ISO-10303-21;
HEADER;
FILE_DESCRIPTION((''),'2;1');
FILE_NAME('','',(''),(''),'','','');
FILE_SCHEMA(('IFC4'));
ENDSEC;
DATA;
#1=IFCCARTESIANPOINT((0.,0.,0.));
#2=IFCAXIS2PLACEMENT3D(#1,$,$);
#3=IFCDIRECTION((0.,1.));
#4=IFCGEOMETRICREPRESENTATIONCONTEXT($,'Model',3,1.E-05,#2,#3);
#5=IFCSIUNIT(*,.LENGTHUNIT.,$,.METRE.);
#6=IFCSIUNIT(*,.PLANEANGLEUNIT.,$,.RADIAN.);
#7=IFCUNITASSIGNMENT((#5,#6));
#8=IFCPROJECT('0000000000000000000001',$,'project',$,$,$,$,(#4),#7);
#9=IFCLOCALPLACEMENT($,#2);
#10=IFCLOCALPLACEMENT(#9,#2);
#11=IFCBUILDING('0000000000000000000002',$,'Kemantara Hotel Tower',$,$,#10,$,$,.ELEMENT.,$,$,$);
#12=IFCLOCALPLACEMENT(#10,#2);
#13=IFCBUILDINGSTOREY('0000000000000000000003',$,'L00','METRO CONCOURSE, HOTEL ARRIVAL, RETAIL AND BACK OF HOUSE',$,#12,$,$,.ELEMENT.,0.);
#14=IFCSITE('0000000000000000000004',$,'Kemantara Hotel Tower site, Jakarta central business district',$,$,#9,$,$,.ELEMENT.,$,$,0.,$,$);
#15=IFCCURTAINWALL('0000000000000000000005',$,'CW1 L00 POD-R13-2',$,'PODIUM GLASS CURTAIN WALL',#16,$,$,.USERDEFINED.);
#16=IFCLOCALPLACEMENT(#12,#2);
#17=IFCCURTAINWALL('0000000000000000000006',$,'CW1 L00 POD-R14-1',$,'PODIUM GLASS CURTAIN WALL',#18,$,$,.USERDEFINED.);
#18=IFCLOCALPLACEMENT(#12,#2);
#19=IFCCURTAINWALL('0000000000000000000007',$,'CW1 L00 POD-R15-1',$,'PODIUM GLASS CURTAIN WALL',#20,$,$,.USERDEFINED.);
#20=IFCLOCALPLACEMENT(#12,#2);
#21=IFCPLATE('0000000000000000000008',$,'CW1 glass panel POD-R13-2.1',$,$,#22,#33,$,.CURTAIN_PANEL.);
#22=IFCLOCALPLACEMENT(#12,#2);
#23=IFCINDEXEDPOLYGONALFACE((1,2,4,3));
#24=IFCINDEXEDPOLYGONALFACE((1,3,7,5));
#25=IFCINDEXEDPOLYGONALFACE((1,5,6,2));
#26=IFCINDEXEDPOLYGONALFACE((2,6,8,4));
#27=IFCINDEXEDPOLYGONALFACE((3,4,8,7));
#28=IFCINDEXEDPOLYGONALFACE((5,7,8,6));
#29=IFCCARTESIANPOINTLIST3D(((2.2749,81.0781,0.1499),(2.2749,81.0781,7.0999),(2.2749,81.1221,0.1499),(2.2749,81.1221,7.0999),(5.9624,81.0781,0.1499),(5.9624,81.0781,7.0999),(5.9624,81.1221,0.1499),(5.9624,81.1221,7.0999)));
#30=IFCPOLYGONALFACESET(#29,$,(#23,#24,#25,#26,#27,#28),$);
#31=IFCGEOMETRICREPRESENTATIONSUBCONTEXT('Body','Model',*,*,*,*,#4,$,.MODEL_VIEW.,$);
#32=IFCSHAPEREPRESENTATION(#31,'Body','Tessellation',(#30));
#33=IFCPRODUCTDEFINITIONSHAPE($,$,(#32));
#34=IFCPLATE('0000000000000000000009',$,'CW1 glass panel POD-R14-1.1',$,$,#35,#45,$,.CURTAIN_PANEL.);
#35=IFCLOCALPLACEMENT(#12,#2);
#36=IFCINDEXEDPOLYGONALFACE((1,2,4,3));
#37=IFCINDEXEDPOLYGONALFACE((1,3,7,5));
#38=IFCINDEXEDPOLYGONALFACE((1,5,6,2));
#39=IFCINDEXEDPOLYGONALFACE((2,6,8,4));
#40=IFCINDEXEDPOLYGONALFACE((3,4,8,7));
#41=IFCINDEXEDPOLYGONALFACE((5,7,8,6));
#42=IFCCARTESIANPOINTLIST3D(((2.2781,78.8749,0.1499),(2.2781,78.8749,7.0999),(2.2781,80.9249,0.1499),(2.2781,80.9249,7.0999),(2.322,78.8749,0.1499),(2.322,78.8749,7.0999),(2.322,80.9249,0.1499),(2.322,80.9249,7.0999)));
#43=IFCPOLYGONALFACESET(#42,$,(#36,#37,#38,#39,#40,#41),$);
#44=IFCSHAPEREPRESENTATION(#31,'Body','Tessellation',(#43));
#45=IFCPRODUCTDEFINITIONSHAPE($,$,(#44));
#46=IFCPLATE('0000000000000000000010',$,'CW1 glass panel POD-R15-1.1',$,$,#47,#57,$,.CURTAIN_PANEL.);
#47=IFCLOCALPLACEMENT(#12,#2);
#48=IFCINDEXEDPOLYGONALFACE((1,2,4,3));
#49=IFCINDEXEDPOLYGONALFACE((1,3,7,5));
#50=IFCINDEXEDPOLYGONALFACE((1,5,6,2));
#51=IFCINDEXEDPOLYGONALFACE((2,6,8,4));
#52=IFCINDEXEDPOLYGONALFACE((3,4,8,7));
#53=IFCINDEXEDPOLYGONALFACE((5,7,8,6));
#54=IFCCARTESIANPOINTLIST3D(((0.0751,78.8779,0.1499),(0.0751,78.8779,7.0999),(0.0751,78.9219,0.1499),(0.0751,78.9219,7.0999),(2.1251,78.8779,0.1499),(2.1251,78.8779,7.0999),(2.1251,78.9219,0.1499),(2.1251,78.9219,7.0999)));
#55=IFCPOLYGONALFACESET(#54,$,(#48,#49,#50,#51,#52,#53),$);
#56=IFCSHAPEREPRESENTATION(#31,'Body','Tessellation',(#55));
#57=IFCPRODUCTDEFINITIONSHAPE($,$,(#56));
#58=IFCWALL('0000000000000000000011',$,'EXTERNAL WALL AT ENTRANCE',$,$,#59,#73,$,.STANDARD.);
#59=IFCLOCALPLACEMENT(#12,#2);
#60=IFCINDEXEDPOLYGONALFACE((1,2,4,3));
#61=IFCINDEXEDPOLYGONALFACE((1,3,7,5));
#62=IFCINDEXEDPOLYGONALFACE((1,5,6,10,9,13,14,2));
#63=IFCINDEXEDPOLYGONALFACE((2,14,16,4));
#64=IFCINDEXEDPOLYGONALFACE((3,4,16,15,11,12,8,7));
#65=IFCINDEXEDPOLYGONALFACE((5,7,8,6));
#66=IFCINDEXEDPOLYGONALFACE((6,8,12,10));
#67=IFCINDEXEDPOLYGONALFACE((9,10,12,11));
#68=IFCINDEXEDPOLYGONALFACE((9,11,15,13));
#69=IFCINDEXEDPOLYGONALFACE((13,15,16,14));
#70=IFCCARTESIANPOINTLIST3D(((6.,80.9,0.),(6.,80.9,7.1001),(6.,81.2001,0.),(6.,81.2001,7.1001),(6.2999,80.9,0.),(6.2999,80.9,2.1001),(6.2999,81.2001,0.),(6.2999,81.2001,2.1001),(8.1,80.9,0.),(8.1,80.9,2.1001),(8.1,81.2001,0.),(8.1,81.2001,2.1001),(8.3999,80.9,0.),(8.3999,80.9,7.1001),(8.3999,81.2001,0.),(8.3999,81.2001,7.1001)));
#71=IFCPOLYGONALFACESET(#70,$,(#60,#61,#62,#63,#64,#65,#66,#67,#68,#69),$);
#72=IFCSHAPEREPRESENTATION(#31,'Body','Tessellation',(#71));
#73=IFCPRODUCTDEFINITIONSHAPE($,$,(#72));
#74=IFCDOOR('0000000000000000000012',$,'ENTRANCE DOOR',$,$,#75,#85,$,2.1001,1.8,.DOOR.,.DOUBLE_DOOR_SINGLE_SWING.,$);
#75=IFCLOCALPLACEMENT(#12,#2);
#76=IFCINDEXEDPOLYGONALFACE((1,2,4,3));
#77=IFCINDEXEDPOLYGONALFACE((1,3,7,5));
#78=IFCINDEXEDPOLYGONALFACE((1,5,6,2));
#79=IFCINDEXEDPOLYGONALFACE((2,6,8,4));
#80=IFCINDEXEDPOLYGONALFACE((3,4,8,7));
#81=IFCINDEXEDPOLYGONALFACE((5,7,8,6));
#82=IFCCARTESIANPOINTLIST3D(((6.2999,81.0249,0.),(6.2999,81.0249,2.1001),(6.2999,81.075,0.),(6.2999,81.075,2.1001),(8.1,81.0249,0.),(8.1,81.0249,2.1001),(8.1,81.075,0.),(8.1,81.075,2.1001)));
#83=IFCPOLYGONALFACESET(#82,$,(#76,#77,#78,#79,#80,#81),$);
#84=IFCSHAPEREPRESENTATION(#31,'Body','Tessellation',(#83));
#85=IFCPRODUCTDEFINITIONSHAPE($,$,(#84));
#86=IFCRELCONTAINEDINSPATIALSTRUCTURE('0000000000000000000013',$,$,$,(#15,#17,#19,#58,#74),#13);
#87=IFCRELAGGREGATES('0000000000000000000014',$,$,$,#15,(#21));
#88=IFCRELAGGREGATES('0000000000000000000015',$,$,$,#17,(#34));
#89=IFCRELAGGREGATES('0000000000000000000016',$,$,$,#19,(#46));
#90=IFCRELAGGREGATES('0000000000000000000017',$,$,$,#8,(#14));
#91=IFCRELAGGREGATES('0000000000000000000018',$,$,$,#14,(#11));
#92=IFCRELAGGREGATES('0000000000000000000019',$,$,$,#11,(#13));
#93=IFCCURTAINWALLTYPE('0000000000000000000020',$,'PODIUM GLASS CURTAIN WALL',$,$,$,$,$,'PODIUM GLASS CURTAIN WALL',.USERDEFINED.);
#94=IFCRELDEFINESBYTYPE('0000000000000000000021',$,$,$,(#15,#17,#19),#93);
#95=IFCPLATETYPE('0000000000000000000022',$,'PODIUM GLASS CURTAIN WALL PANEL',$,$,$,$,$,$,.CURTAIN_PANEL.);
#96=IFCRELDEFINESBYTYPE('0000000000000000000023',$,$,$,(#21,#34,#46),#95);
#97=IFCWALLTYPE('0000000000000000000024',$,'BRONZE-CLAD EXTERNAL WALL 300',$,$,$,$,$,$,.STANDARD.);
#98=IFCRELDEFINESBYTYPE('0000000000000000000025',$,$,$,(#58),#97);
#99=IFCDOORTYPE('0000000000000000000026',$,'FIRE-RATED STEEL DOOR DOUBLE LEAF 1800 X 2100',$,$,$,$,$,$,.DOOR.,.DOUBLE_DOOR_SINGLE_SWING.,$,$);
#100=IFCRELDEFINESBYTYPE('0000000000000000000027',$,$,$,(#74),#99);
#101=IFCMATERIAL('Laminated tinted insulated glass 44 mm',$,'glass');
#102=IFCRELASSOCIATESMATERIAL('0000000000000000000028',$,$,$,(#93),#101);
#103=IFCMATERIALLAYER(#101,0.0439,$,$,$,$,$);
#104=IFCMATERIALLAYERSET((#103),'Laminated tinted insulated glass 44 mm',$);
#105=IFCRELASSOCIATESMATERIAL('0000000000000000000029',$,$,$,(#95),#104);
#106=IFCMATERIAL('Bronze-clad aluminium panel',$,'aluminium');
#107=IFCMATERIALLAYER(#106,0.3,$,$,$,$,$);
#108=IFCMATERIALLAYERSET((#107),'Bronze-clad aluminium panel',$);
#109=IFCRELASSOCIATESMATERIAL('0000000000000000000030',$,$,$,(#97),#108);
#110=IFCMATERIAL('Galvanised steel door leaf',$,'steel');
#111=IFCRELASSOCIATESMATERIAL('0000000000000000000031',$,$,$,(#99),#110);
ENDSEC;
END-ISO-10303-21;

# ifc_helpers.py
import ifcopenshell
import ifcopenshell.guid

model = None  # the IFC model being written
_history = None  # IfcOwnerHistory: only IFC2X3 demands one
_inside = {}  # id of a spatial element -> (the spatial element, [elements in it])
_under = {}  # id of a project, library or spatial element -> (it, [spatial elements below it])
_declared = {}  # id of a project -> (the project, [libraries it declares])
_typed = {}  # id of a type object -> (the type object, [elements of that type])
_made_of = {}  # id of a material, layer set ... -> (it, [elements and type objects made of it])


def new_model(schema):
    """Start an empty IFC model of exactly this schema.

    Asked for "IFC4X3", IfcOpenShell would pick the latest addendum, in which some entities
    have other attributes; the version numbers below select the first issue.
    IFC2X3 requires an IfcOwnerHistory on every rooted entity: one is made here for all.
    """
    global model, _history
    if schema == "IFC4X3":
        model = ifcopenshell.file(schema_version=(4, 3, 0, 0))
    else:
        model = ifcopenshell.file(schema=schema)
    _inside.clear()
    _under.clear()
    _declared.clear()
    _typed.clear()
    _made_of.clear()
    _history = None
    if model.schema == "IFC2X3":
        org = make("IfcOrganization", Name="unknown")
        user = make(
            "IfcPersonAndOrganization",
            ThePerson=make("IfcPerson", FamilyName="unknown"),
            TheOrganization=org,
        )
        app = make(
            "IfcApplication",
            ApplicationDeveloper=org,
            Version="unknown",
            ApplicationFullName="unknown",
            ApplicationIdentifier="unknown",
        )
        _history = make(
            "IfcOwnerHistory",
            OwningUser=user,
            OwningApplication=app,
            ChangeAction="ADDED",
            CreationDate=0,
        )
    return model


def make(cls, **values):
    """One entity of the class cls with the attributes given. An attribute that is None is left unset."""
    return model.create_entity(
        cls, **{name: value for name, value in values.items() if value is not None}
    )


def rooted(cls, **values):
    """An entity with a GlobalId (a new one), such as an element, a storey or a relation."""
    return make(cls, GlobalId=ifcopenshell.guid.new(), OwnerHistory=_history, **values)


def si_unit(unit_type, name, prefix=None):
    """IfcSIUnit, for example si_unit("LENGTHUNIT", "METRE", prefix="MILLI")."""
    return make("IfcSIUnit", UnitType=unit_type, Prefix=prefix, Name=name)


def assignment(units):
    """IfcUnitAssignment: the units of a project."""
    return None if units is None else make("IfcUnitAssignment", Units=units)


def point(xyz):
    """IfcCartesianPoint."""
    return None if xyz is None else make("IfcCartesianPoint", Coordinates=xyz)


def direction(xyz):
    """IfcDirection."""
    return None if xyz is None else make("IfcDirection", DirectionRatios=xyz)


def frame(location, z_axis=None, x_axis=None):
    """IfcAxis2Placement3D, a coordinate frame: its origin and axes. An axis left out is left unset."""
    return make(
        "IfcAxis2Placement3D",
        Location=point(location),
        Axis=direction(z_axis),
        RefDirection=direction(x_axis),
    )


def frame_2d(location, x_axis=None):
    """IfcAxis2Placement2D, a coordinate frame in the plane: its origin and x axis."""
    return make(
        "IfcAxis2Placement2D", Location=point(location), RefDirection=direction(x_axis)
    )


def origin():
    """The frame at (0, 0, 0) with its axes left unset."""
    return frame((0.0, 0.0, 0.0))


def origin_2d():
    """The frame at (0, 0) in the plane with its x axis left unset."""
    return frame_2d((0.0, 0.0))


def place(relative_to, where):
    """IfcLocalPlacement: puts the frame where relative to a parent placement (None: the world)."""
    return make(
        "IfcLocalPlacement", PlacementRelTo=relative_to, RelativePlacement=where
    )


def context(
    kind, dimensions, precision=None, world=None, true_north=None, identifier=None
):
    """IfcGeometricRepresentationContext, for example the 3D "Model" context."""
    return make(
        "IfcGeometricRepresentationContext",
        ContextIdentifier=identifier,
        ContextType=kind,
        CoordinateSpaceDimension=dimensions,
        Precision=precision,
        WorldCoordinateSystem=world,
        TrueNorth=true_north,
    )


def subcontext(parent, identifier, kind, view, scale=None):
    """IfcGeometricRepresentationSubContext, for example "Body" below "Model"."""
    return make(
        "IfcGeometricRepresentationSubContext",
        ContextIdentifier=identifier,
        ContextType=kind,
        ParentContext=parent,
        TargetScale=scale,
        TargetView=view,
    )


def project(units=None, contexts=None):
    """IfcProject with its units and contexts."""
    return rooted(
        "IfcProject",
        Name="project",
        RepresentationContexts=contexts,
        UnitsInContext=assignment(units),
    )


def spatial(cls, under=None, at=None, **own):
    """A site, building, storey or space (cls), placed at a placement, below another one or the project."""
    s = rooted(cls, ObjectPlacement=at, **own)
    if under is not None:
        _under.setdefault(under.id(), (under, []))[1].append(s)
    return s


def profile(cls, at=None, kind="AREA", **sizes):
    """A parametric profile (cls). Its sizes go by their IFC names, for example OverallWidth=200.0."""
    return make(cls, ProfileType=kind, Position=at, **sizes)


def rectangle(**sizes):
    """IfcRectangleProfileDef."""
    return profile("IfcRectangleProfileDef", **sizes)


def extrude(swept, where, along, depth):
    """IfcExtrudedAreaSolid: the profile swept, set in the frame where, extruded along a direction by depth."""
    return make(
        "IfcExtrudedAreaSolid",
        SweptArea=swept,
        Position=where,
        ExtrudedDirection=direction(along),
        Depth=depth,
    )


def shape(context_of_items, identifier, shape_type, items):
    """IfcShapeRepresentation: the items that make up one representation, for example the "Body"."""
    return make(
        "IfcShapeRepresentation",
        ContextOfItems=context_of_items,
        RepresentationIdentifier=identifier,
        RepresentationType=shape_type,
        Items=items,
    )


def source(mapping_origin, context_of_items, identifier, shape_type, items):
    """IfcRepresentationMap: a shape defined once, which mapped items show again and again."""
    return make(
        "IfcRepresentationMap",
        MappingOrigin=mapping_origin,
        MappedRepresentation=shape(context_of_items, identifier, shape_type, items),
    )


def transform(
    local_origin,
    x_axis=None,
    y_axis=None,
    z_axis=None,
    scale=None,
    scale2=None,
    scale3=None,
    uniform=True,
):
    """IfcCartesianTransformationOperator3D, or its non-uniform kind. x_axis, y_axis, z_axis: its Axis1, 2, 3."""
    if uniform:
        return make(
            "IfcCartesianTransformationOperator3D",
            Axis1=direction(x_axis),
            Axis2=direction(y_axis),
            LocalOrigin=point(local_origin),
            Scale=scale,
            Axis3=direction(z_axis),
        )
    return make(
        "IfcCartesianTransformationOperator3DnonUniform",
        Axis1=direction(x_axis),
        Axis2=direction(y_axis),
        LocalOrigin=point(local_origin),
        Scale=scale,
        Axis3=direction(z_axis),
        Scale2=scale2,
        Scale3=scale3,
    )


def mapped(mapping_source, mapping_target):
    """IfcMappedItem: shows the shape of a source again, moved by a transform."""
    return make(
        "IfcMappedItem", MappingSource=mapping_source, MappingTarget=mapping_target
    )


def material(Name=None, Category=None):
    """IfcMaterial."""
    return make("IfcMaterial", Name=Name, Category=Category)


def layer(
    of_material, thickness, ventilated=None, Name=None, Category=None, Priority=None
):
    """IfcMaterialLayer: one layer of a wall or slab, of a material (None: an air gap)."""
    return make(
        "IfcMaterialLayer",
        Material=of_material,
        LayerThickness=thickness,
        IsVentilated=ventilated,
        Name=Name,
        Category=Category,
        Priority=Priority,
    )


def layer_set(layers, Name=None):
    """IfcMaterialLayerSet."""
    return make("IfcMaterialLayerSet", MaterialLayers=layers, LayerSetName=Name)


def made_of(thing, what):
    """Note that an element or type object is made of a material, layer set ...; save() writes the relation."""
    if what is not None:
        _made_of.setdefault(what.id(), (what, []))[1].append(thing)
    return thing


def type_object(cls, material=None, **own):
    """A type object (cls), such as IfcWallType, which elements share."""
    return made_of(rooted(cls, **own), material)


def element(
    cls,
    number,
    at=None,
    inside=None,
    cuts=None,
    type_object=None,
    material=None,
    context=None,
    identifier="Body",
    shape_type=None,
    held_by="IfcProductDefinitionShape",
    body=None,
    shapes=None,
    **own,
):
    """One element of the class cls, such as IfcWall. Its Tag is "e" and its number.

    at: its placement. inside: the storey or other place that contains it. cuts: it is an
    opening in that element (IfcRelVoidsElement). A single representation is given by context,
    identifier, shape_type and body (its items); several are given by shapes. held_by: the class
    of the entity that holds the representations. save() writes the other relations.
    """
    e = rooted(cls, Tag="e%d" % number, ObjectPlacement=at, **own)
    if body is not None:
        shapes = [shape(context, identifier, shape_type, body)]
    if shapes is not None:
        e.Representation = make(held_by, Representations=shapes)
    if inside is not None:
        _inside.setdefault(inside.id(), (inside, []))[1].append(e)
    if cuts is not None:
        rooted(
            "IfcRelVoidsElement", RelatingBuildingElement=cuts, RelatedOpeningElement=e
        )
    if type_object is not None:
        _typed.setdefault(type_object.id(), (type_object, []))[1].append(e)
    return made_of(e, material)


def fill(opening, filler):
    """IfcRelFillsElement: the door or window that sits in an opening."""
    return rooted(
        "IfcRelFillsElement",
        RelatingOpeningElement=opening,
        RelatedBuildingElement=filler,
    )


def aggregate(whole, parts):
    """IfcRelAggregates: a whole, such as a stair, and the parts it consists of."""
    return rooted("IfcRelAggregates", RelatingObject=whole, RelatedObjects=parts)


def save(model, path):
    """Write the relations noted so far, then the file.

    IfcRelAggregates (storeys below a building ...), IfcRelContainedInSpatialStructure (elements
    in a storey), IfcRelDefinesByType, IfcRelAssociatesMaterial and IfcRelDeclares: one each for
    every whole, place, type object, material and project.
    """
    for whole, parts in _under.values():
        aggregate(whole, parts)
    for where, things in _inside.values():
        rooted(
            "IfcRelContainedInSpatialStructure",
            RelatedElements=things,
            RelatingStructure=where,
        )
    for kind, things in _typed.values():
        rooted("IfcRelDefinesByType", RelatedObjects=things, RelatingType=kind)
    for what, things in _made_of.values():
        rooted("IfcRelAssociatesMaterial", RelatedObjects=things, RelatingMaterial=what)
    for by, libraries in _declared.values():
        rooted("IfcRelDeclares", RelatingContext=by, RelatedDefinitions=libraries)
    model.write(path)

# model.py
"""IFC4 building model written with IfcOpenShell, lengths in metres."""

from ifc_helpers import new_model, si_unit, direction, frame, frame_2d, origin, origin_2d, place, context, subcontext, project, spatial, rectangle, extrude, source, transform, mapped, material, layer, layer_set, type_object, element, fill, aggregate, save


model = new_model("IFC4")

# Units and contexts
model_context = context("Model", 3, precision=1e-05, world=origin(), true_north=direction((0.0, 1.0)))
body_context = subcontext(model_context, "Body", "Model", "MODEL_VIEW")
ifc_project = project(units=[si_unit("LENGTHUNIT", "METRE"), si_unit("PLANEANGLEUNIT", "RADIAN")], contexts=[model_context])

# Site, building, storey
site_placement = place(None, origin())
site = spatial("IfcSite", under=ifc_project, at=site_placement, Name="Kemantara Hotel Tower site, Jakarta central business district", CompositionType="ELEMENT", RefElevation=0.0)
building_placement = place(site_placement, origin())
building = spatial("IfcBuilding", under=site, at=building_placement, Name="Kemantara Hotel Tower", CompositionType="ELEMENT")
storey_placement = place(building_placement, origin())
storey = spatial("IfcBuildingStorey", under=building, at=storey_placement, Name="L00", Description="METRO CONCOURSE, HOTEL ARRIVAL, RETAIL AND BACK OF HOUSE", CompositionType="ELEMENT", Elevation=0.0)

# Curtain walls
ifc_material_1 = material(Name="Laminated tinted insulated glass 44 mm", Category="glass")
curtain_wall_type = type_object("IfcCurtainWallType", Name="PODIUM GLASS CURTAIN WALL", ElementType="PODIUM GLASS CURTAIN WALL", PredefinedType="USERDEFINED", material=ifc_material_1)
curtain_wall_1_placement = place(storey_placement, origin())
curtain_wall_1 = element("IfcCurtainWall", 1, at=curtain_wall_1_placement, inside=storey, type_object=curtain_wall_type, Name="CW1 L00 POD-R13-2", ObjectType="PODIUM GLASS CURTAIN WALL", PredefinedType="USERDEFINED")
curtain_wall_2_placement = place(storey_placement, origin())
curtain_wall_2 = element("IfcCurtainWall", 2, at=curtain_wall_2_placement, inside=storey, type_object=curtain_wall_type, Name="CW1 L00 POD-R14-1", ObjectType="PODIUM GLASS CURTAIN WALL", PredefinedType="USERDEFINED")
curtain_wall_3_placement = place(storey_placement, origin())
curtain_wall_3 = element("IfcCurtainWall", 3, at=curtain_wall_3_placement, inside=storey, type_object=curtain_wall_type, Name="CW1 L00 POD-R15-1", ObjectType="PODIUM GLASS CURTAIN WALL", PredefinedType="USERDEFINED")

# Plates
ifc_layer_1 = layer(ifc_material_1, 0.0439)
ifc_layer_set_1 = layer_set([ifc_layer_1], Name="Laminated tinted insulated glass 44 mm")
plate_type = type_object("IfcPlateType", Name="PODIUM GLASS CURTAIN WALL PANEL", PredefinedType="CURTAIN_PANEL", material=ifc_layer_set_1)
shared_shape_1 = source(origin(), body_context, "Body", "SweptSolid", [
    extrude(rectangle(XDim=3.6875, YDim=0.0439, at=origin_2d()), origin(), (0.0, 0.0, 1.0), 6.95),
])
plate_1_placement = place(storey_placement, frame((4.1187, 81.1001, 0.1499), z_axis=(0.0, 0.0, 1.0), x_axis=(-1.0, 0.0, 0.0)))
plate_1 = element("IfcPlate", 4, at=plate_1_placement, type_object=plate_type, Name="CW1 glass panel POD-R13-2.1", PredefinedType="CURTAIN_PANEL", context=body_context, shape_type="MappedRepresentation", body=[
    mapped(shared_shape_1, transform((0.0, 0.0, 0.0))),
])
aggregate(curtain_wall_1, [plate_1])
shared_shape_2 = source(origin(), body_context, "Body", "SweptSolid", [
    extrude(rectangle(XDim=2.05, YDim=0.0439, at=origin_2d()), origin(), (0.0, 0.0, 1.0), 6.95),
])
plate_2_placement = place(storey_placement, frame((2.3, 79.8999, 0.1499), z_axis=(0.0, 0.0, 1.0), x_axis=(0.0, -1.0, 0.0)))
plate_2 = element("IfcPlate", 5, at=plate_2_placement, type_object=plate_type, Name="CW1 glass panel POD-R14-1.1", PredefinedType="CURTAIN_PANEL", context=body_context, shape_type="MappedRepresentation", body=[
    mapped(shared_shape_2, transform((0.0, 0.0, 0.0))),
])
aggregate(curtain_wall_2, [plate_2])
plate_3_placement = place(storey_placement, frame((1.1001, 78.8999, 0.1499), z_axis=(0.0, 0.0, 1.0), x_axis=(-1.0, 0.0, 0.0)))
plate_3 = element("IfcPlate", 6, at=plate_3_placement, type_object=plate_type, Name="CW1 glass panel POD-R15-1.1", PredefinedType="CURTAIN_PANEL", context=body_context, shape_type="MappedRepresentation", body=[
    mapped(shared_shape_2, transform((0.0, 0.0, 0.0))),
])
aggregate(curtain_wall_3, [plate_3])

# Wall, opening, door
ifc_material_2 = material(Name="Bronze-clad aluminium panel", Category="aluminium")
ifc_layer_2 = layer(ifc_material_2, 0.3)
ifc_layer_set_2 = layer_set([ifc_layer_2], Name="Bronze-clad aluminium panel")
wall_type = type_object("IfcWallType", Name="BRONZE-CLAD EXTERNAL WALL 300", PredefinedType="STANDARD", material=ifc_layer_set_2)
wall_placement = place(storey_placement, frame((6.0, 81.05, 0.0), z_axis=(0.0, 0.0, 1.0), x_axis=(1.0, 0.0, 0.0)))
wall = element("IfcWall", 7, at=wall_placement, inside=storey, type_object=wall_type, Name="EXTERNAL WALL AT ENTRANCE", PredefinedType="STANDARD", context=body_context, shape_type="SweptSolid", body=[
    extrude(rectangle(XDim=2.3999, YDim=0.3, at=frame_2d((1.2, 0.0))), origin(), (0.0, 0.0, 1.0), 7.1001),
])
opening_placement = place(wall_placement, frame((0.3, 0.0, 0.0)))
opening = element("IfcOpeningElement", 8, at=opening_placement, cuts=wall, PredefinedType="OPENING", context=body_context, shape_type="SweptSolid", body=[
    extrude(rectangle(XDim=1.8, YDim=2.1001, at=frame_2d((0.8999, 1.05))), frame((0.0, 0.1599, 0.0), z_axis=(0.0, -1.0, 0.0), x_axis=(1.0, 0.0, 0.0)), (0.0, 0.0, 1.0), 0.3201),
])
ifc_material_3 = material(Name="Galvanised steel door leaf", Category="steel")
door_type = type_object("IfcDoorType", Name="FIRE-RATED STEEL DOOR DOUBLE LEAF 1800 X 2100", OperationType="DOUBLE_DOOR_SINGLE_SWING", PredefinedType="DOOR", material=ifc_material_3)
door_placement = place(opening_placement, origin())
door = element("IfcDoor", 9, at=door_placement, inside=storey, type_object=door_type, Name="ENTRANCE DOOR", OperationType="DOUBLE_DOOR_SINGLE_SWING", OverallHeight=2.1001, OverallWidth=1.8, PredefinedType="DOOR", context=body_context, shape_type="SweptSolid", body=[
    extrude(rectangle(XDim=1.8, YDim=2.1001, at=frame_2d((0.8999, 1.05))), frame((0.0, 0.0249, 0.0), z_axis=(0.0, -1.0, 0.0), x_axis=(1.0, 0.0, 0.0)), (0.0, 0.0, 1.0), 0.05),
])
fill(opening, door)

save(model, "model.ifc")
